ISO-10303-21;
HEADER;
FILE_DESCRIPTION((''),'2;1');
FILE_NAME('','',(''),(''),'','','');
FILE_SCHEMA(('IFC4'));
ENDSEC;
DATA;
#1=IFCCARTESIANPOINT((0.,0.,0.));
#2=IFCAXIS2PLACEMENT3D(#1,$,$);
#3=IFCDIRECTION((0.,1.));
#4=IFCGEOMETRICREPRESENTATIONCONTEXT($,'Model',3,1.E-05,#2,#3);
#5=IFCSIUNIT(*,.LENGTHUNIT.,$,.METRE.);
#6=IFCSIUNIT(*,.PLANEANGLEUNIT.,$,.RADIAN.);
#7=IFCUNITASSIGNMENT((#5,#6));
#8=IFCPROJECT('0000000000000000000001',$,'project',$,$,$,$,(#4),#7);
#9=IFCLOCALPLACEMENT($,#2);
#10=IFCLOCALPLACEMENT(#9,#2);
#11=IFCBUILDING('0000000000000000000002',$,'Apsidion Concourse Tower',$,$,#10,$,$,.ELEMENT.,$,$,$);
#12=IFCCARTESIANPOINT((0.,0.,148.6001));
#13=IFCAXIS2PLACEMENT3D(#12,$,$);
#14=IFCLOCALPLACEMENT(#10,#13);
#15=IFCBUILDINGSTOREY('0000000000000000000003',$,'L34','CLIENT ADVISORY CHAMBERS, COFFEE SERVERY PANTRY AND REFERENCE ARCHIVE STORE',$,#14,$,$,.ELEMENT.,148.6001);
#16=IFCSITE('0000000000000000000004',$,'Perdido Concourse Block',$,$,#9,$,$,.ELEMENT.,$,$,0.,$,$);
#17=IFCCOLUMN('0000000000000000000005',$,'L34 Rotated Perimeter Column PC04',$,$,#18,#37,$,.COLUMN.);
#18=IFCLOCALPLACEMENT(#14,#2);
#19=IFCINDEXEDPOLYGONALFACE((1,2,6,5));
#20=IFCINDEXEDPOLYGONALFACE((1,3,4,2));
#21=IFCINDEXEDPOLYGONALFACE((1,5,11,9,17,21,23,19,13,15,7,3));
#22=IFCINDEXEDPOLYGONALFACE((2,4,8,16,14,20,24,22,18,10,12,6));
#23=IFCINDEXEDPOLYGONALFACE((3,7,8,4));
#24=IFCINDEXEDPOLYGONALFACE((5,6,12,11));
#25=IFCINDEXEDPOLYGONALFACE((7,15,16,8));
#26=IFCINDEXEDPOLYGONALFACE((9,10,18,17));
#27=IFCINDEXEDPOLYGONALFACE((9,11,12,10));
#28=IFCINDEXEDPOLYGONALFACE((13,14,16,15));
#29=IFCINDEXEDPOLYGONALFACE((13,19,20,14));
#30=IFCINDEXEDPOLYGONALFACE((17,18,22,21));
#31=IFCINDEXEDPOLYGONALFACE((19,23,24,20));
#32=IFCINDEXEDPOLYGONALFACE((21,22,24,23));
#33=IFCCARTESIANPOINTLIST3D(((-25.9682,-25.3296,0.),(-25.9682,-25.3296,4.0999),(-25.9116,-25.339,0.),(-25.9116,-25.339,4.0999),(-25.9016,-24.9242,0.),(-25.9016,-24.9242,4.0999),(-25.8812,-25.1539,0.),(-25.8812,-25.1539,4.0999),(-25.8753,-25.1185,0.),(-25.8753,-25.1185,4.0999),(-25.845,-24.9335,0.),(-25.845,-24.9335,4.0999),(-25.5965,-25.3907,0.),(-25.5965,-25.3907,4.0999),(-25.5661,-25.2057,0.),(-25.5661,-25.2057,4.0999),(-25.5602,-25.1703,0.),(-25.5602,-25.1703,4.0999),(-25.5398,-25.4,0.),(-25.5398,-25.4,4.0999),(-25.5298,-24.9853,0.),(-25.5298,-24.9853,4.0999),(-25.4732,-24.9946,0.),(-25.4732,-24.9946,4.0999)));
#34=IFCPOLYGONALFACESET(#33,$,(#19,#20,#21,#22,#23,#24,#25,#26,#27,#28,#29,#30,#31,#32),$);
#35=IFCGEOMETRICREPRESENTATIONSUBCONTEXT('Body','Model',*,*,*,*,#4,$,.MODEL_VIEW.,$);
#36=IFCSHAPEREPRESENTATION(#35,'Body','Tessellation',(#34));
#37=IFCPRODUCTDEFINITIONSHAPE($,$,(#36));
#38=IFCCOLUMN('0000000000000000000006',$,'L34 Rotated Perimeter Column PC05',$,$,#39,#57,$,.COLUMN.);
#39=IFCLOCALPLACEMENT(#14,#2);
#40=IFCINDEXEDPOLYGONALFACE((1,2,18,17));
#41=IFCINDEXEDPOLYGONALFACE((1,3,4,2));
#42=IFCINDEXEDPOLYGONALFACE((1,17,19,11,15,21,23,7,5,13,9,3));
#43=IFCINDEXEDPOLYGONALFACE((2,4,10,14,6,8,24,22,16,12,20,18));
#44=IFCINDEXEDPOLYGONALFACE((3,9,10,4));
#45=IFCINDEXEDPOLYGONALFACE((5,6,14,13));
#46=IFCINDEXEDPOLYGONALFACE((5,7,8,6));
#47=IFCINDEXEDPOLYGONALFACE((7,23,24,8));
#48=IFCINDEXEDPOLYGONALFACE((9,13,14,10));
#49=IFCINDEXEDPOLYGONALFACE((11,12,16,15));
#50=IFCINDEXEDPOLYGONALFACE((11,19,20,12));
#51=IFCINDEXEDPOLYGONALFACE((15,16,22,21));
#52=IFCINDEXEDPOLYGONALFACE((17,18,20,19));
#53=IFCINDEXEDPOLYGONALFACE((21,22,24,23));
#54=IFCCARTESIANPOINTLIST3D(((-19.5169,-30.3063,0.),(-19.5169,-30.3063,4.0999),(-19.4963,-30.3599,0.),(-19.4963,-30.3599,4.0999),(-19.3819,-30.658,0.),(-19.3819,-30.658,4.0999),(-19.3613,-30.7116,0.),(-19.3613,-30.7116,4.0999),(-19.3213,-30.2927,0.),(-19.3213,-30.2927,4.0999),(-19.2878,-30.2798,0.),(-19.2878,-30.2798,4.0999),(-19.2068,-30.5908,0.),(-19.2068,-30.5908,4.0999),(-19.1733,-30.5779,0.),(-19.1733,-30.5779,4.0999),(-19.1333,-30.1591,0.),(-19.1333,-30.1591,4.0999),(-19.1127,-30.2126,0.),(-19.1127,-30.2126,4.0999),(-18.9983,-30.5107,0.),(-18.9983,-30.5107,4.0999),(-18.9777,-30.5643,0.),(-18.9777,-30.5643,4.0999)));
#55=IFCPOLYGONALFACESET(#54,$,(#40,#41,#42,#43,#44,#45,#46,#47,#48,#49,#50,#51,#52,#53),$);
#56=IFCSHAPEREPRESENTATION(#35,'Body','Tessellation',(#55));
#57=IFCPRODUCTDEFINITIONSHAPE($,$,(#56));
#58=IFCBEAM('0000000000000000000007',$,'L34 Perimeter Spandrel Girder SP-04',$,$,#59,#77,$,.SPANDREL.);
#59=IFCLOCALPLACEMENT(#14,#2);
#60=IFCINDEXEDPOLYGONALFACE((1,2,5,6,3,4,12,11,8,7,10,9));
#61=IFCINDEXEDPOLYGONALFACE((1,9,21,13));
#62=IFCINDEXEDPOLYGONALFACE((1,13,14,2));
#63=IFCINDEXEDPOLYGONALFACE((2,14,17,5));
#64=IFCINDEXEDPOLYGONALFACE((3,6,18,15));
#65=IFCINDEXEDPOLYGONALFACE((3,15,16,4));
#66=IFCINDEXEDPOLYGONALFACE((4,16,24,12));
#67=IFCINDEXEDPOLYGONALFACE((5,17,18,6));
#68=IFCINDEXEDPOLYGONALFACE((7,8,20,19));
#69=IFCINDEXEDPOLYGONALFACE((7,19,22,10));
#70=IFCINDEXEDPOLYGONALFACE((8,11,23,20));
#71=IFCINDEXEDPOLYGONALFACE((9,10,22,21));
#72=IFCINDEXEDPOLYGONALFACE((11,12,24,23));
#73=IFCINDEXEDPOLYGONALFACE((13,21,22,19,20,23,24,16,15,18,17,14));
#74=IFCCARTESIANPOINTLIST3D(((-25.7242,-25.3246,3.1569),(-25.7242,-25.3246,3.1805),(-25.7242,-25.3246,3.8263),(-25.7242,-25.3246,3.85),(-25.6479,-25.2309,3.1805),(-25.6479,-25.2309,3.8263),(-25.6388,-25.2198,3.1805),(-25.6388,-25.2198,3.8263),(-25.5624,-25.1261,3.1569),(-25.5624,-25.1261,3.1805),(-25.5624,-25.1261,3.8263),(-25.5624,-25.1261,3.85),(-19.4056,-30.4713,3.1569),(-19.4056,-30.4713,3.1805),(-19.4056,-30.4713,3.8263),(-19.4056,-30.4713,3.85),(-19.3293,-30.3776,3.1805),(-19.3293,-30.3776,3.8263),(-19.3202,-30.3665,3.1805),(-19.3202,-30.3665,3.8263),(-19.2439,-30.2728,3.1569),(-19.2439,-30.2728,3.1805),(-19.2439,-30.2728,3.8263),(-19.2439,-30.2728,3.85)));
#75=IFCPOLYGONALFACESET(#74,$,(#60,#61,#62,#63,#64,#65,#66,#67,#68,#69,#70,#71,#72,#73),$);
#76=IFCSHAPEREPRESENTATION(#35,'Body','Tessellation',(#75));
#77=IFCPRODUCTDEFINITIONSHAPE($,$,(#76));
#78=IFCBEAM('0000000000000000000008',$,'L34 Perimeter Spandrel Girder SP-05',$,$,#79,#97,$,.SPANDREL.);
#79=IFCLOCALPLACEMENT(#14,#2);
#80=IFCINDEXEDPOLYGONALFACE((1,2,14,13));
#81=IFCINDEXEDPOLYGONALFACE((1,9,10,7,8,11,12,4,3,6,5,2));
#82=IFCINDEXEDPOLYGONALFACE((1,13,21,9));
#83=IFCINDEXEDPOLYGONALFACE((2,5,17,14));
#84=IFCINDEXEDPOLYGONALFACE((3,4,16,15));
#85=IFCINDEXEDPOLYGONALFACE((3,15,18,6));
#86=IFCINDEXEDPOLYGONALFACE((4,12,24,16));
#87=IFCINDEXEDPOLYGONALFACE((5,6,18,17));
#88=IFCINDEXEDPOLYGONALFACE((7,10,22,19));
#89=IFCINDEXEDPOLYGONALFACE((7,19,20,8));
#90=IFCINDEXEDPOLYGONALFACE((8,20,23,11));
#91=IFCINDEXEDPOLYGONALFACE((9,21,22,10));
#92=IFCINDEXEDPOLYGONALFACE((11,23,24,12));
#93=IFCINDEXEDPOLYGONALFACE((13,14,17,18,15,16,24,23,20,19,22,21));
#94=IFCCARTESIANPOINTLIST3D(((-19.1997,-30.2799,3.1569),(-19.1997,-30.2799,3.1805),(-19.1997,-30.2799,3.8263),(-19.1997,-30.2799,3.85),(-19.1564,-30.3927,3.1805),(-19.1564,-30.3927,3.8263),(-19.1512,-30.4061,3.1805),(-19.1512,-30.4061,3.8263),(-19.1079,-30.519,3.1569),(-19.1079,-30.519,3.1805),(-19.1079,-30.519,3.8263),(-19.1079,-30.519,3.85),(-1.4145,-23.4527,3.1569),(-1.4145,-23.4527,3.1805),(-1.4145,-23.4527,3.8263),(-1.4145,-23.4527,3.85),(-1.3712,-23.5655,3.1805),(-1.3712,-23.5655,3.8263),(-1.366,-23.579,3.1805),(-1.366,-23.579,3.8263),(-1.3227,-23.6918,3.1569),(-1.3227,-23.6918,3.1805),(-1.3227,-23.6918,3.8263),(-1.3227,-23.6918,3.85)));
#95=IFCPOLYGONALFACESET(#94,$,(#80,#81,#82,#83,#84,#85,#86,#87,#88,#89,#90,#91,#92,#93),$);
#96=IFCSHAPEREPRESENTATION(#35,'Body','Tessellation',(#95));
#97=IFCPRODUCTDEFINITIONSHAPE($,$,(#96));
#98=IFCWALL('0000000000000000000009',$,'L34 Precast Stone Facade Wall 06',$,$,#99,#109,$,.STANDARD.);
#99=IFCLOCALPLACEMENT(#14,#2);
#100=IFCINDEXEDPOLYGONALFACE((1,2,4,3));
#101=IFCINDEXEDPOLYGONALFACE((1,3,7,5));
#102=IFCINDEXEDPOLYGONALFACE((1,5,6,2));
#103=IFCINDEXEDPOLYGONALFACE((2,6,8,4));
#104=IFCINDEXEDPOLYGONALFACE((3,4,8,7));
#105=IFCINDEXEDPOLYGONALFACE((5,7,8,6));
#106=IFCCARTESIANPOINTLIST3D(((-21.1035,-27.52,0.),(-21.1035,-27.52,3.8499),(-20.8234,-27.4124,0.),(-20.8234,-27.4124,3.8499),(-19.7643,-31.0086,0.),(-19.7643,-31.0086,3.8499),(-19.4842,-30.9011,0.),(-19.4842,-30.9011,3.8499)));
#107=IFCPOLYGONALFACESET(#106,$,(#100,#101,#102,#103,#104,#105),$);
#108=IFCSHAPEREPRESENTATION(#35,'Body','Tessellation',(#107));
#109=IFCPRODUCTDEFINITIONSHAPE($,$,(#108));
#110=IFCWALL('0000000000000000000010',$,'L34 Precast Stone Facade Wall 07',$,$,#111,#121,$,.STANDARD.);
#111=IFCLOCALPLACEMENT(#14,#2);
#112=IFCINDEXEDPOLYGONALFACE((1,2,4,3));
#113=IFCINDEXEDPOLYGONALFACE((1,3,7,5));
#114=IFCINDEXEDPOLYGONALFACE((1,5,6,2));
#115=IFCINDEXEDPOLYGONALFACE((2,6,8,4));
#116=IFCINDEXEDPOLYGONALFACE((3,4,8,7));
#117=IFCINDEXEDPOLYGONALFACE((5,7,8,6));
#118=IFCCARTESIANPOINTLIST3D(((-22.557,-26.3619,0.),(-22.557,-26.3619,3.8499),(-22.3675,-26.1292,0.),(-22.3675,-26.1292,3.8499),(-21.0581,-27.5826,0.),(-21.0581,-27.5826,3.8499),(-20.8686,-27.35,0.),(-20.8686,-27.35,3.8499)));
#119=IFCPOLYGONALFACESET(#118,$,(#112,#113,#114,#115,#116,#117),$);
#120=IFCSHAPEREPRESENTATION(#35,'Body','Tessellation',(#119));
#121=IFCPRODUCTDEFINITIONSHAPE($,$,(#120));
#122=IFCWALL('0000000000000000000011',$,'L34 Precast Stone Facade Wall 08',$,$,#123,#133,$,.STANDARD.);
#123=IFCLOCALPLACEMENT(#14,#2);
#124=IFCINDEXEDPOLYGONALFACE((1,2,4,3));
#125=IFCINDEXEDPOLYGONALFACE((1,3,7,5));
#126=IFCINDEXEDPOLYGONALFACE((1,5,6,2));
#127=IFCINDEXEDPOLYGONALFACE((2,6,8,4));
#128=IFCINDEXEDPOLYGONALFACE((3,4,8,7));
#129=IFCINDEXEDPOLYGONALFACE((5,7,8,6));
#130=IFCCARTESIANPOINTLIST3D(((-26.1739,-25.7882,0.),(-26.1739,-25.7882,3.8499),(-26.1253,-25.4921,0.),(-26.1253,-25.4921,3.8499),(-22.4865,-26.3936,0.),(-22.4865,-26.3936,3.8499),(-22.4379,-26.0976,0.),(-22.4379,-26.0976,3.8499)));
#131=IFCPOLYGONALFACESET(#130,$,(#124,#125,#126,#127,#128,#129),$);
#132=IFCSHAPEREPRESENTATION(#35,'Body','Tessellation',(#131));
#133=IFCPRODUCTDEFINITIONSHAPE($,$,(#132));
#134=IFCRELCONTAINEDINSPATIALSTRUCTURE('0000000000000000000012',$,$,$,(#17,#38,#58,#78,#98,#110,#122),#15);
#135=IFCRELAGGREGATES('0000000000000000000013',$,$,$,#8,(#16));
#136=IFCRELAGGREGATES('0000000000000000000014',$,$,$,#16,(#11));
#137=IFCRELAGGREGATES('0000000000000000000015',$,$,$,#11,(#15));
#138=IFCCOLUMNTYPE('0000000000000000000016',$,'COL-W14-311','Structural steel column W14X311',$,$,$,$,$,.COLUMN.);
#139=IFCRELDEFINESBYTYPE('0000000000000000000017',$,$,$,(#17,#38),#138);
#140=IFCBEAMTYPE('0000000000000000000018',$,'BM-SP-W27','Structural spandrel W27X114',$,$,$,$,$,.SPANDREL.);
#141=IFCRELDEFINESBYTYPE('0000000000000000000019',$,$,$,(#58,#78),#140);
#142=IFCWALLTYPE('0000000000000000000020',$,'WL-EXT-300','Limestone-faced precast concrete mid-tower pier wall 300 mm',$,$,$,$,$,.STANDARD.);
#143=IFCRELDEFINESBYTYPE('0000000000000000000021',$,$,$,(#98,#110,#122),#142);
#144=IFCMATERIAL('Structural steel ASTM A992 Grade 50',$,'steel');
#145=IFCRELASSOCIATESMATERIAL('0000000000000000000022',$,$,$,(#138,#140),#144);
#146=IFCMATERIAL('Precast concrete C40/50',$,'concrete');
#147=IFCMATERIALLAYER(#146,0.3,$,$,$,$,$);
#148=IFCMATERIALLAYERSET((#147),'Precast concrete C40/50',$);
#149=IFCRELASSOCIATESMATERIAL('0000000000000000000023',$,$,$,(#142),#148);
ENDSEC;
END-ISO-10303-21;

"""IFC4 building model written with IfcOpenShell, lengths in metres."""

from ifc_helpers import new_model, si_unit, direction, frame, frame_2d, origin, origin_2d, place, context, subcontext, project, spatial, rectangle, i_section, extrude, material, layer, layer_set, material_profile, profile_set, type_object, element, save


model = new_model("IFC4")

# Units and contexts
model_context = context("Model", 3, precision=1e-05, world=origin(), true_north=direction((0.0, 1.0)))
body_context = subcontext(model_context, "Body", "Model", "MODEL_VIEW")
ifc_project = project(units=[si_unit("LENGTHUNIT", "METRE"), si_unit("PLANEANGLEUNIT", "RADIAN")], contexts=[model_context])

# Site, building, storey
site_placement = place(None, origin())
site = spatial("IfcSite", under=ifc_project, at=site_placement, Name="Perdido Concourse Block", CompositionType="ELEMENT", RefElevation=0.0)
building_placement = place(site_placement, origin())
building = spatial("IfcBuilding", under=site, at=building_placement, Name="Apsidion Concourse Tower", CompositionType="ELEMENT")
storey_placement = place(building_placement, frame((0.0, 0.0, 148.6001)))
storey = spatial("IfcBuildingStorey", under=building, at=storey_placement, Name="L34", Description="CLIENT ADVISORY CHAMBERS, COFFEE SERVERY PANTRY AND REFERENCE ARCHIVE STORE", CompositionType="ELEMENT", Elevation=148.6001)

# Columns
ifc_material_1 = material(Name="Structural steel ASTM A992 Grade 50", Category="steel")
ifc_material_profile_1 = material_profile(ifc_material_1, i_section(OverallWidth=0.4109, OverallDepth=0.4341, WebThickness=0.0359, FlangeThickness=0.0574, at=origin_2d()), Name="W14X311")
ifc_profile_set_1 = profile_set([ifc_material_profile_1], Name="Structural steel ASTM A992 Grade 50")
column_type = type_object("IfcColumnType", Name="COL-W14-311", Description="Structural steel column W14X311", PredefinedType="COLUMN", material=ifc_profile_set_1)
for number, where, z_axis, x_axis, name in (
    (1, (-25.7207, -25.1621, 0.0), (0.0, 0.0, 1.0), (0.162121, 0.986771, 0.0), "L34 Rotated Perimeter Column PC04"),
    (2, (-19.2473, -30.4353, 0.0), (0.0, 0.0, 1.0), (0.93358, 0.358368, 0.0), "L34 Rotated Perimeter Column PC05"),
):
    element("IfcColumn", number, at=place(storey_placement, frame(where, z_axis=z_axis, x_axis=x_axis)), inside=storey, type_object=column_type, Name=name, PredefinedType="COLUMN", context=body_context, shape_type="SweptSolid", body=[
        extrude(i_section(OverallWidth=0.4109, OverallDepth=0.4341, WebThickness=0.0359, FlangeThickness=0.0574, at=origin_2d()), origin(), (0.0, 0.0, 1.0), 4.0999),
    ])

# Beams
ifc_material_profile_2 = material_profile(ifc_material_1, i_section(OverallWidth=0.2561, OverallDepth=0.6931, WebThickness=0.0144, FlangeThickness=0.0237, at=origin_2d()), Name="W27X114")
ifc_profile_set_2 = profile_set([ifc_material_profile_2], Name="Structural steel ASTM A992 Grade 50")
beam_type = type_object("IfcBeamType", Name="BM-SP-W27", Description="Structural spandrel W27X114", PredefinedType="SPANDREL", material=ifc_profile_set_2)
beam_1_placement = place(storey_placement, frame((-25.6433, -25.2253, 3.5034), z_axis=(0.775341, -0.631543, 0.0), x_axis=(0.631543, 0.775341, 0.0)))
element("IfcBeam", 3, at=beam_1_placement, inside=storey, type_object=beam_type, Name="L34 Perimeter Spandrel Girder SP-04", PredefinedType="SPANDREL", context=body_context, shape_type="SweptSolid", body=[
    extrude(i_section(OverallWidth=0.2561, OverallDepth=0.6931, WebThickness=0.0144, FlangeThickness=0.0237, at=origin_2d()), origin(), (0.0, 0.0, 1.0), 8.1494),
])
beam_2_placement = place(storey_placement, frame((-19.1538, -30.3994, 3.5034), z_axis=(0.933579, 0.358371, 0.0), x_axis=(-0.358371, 0.933579, 0.0)))
element("IfcBeam", 4, at=beam_2_placement, inside=storey, type_object=beam_type, Name="L34 Perimeter Spandrel Girder SP-05", PredefinedType="SPANDREL", context=body_context, shape_type="SweptSolid", body=[
    extrude(i_section(OverallWidth=0.2561, OverallDepth=0.6931, WebThickness=0.0144, FlangeThickness=0.0237, at=origin_2d()), origin(), (0.0, 0.0, 1.0), 19.0505),
])

# Walls
ifc_material_2 = material(Name="Precast concrete C40/50", Category="concrete")
ifc_layer_1 = layer(ifc_material_2, 0.3)
ifc_layer_set_1 = layer_set([ifc_layer_1], Name="Precast concrete C40/50")
wall_type_1 = type_object("IfcWallType", Name="WL-EXT-300", Description="Limestone-faced precast concrete mid-tower pier wall 300 mm", PredefinedType="STANDARD", material=ifc_layer_set_1)
wall_1_placement = place(storey_placement, frame((-19.6243, -30.9548, 0.0), z_axis=(0.0, 0.0, 1.0), x_axis=(-0.358366, 0.933581, 0.0)))
element("IfcWall", 5, at=wall_1_placement, inside=storey, type_object=wall_type_1, Name="L34 Precast Stone Facade Wall 06", PredefinedType="STANDARD", context=body_context, shape_type="SweptSolid", body=[
    extrude(rectangle(XDim=3.7368, YDim=0.3, at=frame_2d((1.8684, 0.0))), origin(), (0.0, 0.0, 1.0), 3.8499),
])
wall_2_placement = place(storey_placement, frame((-20.9634, -27.4663, 0.0), z_axis=(0.0, 0.0, 1.0), x_axis=(-0.775368, 0.63151, 0.0)))
element("IfcWall", 6, at=wall_2_placement, inside=storey, type_object=wall_type_1, Name="L34 Precast Stone Facade Wall 07", PredefinedType="STANDARD", context=body_context, shape_type="SweptSolid", body=[
    extrude(rectangle(XDim=1.9331, YDim=0.3, at=frame_2d((0.9666, 0.0))), origin(), (0.0, 0.0, 1.0), 3.8499),
])
wall_3_placement = place(storey_placement, frame((-22.4622, -26.2456, 0.0), z_axis=(0.0, 0.0, 1.0), x_axis=(-0.986787, 0.162025, 0.0)))
element("IfcWall", 7, at=wall_3_placement, inside=storey, type_object=wall_type_1, Name="L34 Precast Stone Facade Wall 08", PredefinedType="STANDARD", context=body_context, shape_type="SweptSolid", body=[
    extrude(rectangle(XDim=3.7368, YDim=0.3, at=frame_2d((1.8684, 0.0))), origin(), (0.0, 0.0, 1.0), 3.8499),
])

save(model, "model.ifc")
